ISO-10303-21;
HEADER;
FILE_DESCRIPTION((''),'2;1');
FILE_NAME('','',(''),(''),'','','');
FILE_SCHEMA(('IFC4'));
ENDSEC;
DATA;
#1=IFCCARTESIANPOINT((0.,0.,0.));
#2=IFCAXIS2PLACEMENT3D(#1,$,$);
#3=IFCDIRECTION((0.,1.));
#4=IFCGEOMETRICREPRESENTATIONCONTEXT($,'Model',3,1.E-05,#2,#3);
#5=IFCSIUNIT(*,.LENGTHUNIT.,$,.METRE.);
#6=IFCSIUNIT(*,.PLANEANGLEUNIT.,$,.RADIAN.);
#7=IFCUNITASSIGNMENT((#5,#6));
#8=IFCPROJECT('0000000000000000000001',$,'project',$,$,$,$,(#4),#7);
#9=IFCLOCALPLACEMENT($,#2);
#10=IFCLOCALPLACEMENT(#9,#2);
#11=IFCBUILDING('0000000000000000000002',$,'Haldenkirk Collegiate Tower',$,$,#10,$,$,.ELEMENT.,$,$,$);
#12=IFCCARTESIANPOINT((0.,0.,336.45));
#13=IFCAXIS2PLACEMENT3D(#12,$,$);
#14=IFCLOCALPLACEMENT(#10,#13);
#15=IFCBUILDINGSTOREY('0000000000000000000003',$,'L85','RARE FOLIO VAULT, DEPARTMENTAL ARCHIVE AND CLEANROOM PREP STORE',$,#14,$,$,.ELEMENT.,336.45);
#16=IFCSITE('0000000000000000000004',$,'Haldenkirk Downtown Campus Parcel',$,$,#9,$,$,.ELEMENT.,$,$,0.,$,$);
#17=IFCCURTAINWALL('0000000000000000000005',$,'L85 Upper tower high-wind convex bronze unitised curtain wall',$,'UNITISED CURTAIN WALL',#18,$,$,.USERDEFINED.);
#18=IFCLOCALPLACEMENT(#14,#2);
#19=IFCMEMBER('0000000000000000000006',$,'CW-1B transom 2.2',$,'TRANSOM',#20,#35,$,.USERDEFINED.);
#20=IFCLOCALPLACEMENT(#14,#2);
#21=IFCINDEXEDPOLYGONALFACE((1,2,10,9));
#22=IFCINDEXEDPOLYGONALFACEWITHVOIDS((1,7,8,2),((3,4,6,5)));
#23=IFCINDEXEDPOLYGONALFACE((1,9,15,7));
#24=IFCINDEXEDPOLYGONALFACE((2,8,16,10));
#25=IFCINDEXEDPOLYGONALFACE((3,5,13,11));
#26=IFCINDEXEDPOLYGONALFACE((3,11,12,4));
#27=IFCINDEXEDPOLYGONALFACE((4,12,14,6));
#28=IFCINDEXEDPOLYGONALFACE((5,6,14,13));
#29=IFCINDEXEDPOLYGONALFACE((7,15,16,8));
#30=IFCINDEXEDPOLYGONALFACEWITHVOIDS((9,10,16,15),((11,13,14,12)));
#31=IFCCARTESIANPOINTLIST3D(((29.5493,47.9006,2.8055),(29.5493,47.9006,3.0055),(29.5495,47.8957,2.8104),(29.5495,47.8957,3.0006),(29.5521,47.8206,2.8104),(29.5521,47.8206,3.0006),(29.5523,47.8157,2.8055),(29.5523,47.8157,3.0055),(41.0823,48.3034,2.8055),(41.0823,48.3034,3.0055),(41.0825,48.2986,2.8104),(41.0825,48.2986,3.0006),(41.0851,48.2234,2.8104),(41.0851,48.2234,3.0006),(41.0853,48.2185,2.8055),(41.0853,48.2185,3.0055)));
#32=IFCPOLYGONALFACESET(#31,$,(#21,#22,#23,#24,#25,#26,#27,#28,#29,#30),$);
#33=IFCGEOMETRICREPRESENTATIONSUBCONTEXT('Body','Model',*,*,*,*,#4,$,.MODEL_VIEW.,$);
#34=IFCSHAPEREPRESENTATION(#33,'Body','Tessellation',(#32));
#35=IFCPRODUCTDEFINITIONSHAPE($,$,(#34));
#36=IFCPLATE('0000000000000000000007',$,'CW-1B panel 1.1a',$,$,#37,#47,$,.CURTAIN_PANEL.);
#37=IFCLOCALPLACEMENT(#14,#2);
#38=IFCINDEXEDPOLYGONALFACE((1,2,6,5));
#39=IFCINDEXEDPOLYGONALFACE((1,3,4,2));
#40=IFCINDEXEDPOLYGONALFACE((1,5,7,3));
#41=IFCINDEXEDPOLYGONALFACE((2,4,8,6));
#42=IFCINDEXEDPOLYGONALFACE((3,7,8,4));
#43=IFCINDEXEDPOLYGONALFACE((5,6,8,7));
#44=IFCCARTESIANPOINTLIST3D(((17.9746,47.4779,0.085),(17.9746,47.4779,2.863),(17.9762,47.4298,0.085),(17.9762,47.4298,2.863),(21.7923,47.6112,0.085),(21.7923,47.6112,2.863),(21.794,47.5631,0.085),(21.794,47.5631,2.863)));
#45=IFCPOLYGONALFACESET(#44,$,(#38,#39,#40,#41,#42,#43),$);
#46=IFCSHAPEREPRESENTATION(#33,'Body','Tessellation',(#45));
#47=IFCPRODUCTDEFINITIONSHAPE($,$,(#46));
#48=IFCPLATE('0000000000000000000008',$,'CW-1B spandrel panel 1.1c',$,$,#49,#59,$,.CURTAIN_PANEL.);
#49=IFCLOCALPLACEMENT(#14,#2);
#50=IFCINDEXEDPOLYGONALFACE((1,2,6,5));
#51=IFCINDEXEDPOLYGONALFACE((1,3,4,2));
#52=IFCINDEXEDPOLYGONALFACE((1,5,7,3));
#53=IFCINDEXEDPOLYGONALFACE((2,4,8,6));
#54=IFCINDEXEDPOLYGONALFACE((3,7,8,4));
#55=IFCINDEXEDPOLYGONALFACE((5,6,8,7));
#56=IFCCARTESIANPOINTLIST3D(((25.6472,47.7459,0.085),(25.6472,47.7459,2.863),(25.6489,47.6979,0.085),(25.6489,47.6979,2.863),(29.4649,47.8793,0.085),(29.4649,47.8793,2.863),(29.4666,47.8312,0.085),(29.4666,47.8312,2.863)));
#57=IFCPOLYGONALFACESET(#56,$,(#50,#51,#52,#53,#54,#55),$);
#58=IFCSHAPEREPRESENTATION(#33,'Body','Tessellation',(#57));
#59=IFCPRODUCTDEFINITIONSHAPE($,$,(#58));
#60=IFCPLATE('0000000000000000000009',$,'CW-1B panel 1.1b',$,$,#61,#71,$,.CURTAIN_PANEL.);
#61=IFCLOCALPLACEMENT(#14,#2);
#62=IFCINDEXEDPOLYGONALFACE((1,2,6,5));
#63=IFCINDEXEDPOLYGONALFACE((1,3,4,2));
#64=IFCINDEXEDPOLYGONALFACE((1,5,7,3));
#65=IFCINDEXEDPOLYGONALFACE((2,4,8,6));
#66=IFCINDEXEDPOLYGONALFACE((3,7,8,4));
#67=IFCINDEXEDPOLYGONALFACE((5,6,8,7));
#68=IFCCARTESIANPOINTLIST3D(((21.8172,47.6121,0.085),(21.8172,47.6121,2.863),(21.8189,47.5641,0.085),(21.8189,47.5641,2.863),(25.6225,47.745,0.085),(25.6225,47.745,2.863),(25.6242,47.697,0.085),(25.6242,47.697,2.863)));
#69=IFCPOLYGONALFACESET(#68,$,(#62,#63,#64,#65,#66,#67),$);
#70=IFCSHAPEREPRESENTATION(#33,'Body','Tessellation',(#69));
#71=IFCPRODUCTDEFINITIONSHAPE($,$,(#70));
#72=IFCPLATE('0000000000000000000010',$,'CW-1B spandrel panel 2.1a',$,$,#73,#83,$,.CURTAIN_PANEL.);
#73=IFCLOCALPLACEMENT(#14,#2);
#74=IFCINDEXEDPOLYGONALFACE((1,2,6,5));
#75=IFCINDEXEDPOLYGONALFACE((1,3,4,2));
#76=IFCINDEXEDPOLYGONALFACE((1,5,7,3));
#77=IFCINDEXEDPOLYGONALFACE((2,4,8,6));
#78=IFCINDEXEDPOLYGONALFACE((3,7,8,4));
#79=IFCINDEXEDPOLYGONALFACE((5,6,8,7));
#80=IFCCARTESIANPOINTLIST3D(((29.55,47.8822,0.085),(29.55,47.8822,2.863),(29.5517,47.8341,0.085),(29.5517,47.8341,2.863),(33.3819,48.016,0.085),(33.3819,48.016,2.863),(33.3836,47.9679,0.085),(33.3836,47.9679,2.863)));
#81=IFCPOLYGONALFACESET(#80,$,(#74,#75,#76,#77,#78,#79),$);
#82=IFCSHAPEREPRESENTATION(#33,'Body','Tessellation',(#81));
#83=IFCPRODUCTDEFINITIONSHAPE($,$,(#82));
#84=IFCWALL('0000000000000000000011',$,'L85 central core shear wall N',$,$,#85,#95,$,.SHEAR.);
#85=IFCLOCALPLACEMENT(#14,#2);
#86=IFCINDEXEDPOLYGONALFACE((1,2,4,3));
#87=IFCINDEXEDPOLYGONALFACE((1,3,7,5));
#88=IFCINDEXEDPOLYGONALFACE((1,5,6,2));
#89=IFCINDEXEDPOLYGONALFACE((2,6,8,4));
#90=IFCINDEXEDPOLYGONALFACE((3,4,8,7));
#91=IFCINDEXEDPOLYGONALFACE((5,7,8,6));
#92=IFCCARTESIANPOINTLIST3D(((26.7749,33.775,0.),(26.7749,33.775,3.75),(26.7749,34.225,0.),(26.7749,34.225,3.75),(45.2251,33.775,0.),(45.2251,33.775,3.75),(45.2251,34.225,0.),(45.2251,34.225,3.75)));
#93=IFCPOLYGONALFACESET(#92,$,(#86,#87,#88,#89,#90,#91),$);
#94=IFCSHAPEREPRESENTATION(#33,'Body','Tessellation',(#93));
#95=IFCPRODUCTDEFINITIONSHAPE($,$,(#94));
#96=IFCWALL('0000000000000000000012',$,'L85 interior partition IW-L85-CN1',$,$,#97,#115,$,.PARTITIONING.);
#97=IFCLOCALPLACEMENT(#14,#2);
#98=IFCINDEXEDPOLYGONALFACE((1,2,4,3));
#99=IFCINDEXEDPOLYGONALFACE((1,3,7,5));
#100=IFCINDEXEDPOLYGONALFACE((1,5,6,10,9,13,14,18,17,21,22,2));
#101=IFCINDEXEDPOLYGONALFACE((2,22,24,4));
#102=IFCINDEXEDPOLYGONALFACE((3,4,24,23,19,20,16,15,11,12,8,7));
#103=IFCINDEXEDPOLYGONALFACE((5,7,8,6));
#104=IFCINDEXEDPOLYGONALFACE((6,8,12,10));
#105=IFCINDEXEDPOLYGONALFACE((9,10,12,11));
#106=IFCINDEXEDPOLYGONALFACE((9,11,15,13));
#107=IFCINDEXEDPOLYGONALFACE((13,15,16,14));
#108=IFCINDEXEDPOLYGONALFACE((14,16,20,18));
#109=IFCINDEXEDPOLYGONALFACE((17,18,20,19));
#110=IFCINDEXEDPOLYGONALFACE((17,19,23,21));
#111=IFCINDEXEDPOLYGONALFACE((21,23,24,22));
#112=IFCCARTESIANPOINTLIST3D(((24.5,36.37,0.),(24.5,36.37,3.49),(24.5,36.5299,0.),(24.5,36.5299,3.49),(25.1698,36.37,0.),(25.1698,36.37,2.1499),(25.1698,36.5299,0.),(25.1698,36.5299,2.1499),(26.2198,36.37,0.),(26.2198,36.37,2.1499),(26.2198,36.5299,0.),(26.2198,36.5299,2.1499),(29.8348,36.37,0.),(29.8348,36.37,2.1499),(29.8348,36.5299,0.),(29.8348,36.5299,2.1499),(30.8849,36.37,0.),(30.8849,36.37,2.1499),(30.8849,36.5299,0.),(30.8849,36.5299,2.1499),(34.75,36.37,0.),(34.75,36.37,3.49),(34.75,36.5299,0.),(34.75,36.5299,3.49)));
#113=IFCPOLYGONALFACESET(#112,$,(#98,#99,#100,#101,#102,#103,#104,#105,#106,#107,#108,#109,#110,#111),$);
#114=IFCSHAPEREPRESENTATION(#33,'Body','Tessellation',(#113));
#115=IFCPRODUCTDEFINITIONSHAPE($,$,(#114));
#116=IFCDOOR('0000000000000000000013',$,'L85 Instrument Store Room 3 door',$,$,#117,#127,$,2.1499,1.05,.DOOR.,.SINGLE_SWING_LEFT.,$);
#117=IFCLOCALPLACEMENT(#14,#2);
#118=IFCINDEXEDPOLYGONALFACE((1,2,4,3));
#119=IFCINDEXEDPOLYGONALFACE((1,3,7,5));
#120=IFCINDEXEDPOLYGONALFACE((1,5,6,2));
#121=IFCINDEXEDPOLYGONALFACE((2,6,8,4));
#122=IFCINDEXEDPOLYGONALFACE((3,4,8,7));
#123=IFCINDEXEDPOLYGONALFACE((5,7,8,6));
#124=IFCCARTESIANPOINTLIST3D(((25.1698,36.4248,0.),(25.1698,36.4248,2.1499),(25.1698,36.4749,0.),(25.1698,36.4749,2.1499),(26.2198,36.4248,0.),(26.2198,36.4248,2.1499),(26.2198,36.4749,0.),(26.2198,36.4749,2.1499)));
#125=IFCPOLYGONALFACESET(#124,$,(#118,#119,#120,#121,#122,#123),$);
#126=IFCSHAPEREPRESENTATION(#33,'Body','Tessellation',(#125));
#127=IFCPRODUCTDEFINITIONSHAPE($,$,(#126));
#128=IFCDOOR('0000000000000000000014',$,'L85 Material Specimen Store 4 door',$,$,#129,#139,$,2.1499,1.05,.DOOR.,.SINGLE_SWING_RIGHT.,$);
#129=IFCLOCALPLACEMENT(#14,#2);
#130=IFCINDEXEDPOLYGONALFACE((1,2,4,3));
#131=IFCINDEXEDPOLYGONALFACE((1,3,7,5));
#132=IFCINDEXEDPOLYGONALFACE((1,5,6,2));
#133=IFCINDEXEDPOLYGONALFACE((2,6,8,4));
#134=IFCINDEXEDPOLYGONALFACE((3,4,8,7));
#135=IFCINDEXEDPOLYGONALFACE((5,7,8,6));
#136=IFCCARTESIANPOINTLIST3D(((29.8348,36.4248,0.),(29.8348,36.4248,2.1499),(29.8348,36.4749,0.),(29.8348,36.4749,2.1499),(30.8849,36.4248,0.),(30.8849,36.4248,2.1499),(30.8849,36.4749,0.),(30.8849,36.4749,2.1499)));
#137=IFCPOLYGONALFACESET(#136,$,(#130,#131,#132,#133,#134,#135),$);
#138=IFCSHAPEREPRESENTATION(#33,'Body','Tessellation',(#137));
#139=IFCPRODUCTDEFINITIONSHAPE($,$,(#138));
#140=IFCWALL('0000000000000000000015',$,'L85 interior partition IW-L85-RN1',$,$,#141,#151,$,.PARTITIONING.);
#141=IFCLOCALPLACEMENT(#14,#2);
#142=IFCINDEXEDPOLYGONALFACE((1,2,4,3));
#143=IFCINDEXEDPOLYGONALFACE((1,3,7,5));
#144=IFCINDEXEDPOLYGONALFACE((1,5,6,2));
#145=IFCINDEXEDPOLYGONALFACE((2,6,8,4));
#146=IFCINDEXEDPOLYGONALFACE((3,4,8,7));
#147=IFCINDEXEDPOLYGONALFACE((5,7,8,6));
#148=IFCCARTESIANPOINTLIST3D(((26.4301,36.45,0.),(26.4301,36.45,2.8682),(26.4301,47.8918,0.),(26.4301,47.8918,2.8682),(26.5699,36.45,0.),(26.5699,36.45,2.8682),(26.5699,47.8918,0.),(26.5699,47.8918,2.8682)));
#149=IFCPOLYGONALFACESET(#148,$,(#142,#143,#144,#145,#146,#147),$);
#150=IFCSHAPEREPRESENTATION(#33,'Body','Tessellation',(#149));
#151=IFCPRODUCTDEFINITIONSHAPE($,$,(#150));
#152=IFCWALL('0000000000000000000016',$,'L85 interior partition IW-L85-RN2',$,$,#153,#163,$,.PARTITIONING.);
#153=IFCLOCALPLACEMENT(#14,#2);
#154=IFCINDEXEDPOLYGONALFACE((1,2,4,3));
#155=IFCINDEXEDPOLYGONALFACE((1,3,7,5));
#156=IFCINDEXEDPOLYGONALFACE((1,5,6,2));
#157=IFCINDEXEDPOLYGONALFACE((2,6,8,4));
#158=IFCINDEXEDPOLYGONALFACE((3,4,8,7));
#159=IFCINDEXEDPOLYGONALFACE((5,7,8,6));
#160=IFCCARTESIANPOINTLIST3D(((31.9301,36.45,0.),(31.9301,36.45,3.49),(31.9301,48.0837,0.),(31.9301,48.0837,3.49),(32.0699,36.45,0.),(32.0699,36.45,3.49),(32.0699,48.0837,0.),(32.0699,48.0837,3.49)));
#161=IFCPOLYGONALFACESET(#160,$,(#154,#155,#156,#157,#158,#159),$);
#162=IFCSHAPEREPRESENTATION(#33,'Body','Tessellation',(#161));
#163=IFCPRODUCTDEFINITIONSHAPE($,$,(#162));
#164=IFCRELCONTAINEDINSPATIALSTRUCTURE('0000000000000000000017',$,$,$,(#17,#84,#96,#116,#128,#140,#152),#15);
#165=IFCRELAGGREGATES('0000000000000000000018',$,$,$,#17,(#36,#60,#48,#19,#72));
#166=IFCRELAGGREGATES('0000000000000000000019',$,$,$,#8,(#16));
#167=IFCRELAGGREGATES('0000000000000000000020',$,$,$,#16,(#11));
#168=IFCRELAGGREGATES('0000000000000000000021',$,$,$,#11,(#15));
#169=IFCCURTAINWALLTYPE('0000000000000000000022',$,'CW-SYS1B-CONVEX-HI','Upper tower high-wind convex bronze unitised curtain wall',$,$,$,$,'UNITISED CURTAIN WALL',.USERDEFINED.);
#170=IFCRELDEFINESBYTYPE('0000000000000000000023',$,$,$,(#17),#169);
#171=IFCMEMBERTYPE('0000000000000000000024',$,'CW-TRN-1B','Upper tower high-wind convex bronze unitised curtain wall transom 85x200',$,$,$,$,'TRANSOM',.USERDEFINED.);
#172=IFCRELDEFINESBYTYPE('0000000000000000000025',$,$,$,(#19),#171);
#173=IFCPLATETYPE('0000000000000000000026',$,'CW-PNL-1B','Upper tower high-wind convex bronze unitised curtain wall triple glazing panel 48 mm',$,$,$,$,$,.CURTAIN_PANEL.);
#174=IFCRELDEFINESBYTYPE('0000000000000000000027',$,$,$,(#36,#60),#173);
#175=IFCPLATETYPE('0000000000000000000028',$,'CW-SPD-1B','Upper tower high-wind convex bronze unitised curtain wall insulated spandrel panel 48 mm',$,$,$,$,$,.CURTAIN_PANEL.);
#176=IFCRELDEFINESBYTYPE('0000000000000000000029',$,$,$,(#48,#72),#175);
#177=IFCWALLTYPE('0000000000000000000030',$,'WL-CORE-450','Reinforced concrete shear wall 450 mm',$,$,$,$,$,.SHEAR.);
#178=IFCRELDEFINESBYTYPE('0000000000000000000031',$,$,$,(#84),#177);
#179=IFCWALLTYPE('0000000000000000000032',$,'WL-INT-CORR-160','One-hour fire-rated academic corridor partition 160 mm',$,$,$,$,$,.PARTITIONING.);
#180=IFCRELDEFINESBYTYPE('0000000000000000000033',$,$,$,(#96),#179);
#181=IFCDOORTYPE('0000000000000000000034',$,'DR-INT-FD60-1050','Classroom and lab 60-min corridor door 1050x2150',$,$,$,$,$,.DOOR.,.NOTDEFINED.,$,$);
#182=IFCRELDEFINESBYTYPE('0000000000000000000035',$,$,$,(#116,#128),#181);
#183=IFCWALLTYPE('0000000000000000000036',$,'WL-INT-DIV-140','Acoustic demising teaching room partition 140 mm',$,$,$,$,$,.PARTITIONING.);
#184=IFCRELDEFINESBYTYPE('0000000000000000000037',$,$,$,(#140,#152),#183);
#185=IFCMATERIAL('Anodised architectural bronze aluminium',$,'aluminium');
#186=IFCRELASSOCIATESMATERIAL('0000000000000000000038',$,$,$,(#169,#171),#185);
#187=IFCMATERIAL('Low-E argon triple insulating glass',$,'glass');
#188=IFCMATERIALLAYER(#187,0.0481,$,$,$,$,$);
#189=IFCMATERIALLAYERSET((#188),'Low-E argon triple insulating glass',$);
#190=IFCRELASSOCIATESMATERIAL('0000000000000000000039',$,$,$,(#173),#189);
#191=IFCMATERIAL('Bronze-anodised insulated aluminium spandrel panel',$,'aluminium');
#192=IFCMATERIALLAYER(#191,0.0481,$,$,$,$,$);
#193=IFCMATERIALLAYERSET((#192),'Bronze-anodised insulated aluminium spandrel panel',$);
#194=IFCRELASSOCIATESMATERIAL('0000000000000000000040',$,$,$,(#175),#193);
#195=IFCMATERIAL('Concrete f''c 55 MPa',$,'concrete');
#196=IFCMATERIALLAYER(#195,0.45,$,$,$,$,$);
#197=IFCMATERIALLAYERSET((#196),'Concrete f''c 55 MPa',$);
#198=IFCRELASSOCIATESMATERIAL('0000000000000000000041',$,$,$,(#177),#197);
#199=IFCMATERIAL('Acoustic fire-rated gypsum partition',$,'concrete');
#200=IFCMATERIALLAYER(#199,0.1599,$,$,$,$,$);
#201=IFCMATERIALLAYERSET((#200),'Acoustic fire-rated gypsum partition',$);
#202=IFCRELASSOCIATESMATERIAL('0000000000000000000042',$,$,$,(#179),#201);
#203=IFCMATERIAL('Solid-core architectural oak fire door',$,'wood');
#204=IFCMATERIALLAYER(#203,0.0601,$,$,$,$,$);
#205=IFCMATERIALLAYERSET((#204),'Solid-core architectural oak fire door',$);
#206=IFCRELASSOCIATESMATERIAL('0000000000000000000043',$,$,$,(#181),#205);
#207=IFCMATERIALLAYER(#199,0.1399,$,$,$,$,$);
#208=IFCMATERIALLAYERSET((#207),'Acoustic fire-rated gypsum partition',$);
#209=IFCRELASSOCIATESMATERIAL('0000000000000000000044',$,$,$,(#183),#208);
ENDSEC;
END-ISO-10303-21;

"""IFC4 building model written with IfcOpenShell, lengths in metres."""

from ifc_helpers import new_model, si_unit, direction, frame, frame_2d, origin, origin_2d, place, context, subcontext, project, spatial, rectangle, hollow_rectangle, extrude, source, transform, mapped, material, layer, layer_set, material_profile, profile_set, type_object, element, fill, aggregate, save


model = new_model("IFC4")

# Units and contexts
model_context = context("Model", 3, precision=1e-05, world=origin(), true_north=direction((0.0, 1.0)))
body_context = subcontext(model_context, "Body", "Model", "MODEL_VIEW")
ifc_project = project(units=[si_unit("LENGTHUNIT", "METRE"), si_unit("PLANEANGLEUNIT", "RADIAN")], contexts=[model_context])

# Site, building, storey
site_placement = place(None, origin())
site = spatial("IfcSite", under=ifc_project, at=site_placement, Name="Haldenkirk Downtown Campus Parcel", CompositionType="ELEMENT", RefElevation=0.0)
building_placement = place(site_placement, origin())
building = spatial("IfcBuilding", under=site, at=building_placement, Name="Haldenkirk Collegiate Tower", CompositionType="ELEMENT")
storey_placement = place(building_placement, frame((0.0, 0.0, 336.45)))
storey = spatial("IfcBuildingStorey", under=building, at=storey_placement, Name="L85", Description="RARE FOLIO VAULT, DEPARTMENTAL ARCHIVE AND CLEANROOM PREP STORE", CompositionType="ELEMENT", Elevation=336.45)

# Curtain wall, member, plates
ifc_material_1 = material(Name="Anodised architectural bronze aluminium", Category="aluminium")
curtain_wall_type = type_object("IfcCurtainWallType", Name="CW-SYS1B-CONVEX-HI", Description="Upper tower high-wind convex bronze unitised curtain wall", ElementType="UNITISED CURTAIN WALL", PredefinedType="USERDEFINED", material=ifc_material_1)
curtain_wall_placement = place(storey_placement, origin())
curtain_wall = element("IfcCurtainWall", 1, at=curtain_wall_placement, inside=storey, type_object=curtain_wall_type, Name="L85 Upper tower high-wind convex bronze unitised curtain wall", ObjectType="UNITISED CURTAIN WALL", PredefinedType="USERDEFINED")
ifc_material_profile_1 = material_profile(ifc_material_1, hollow_rectangle(XDim=0.085, YDim=0.2, WallThickness=0.0049, at=origin_2d()), Name="CW-TRN-1B")
ifc_profile_set_1 = profile_set([ifc_material_profile_1], Name="Anodised architectural bronze aluminium")
member_type_1 = type_object("IfcMemberType", Name="CW-TRN-1B", Description="Upper tower high-wind convex bronze unitised curtain wall transom 85x200", ElementType="TRANSOM", PredefinedType="USERDEFINED", material=ifc_profile_set_1)
member_1_placement = place(storey_placement, frame((29.5508, 47.8582, 2.9055), z_axis=(0.999391, 0.034907, 0.0), x_axis=(-0.034907, 0.999391, 0.0)))
member_1 = element("IfcMember", 2, at=member_1_placement, type_object=member_type_1, Name="CW-1B transom 2.2", ObjectType="TRANSOM", PredefinedType="USERDEFINED", context=body_context, shape_type="SweptSolid", body=[
    extrude(hollow_rectangle(XDim=0.085, YDim=0.2, WallThickness=0.0049, at=origin_2d()), origin(), (0.0, 0.0, 1.0), 11.54),
])
ifc_material_2 = material(Name="Low-E argon triple insulating glass", Category="glass")
ifc_layer_1 = layer(ifc_material_2, 0.0481)
ifc_layer_set_1 = layer_set([ifc_layer_1], Name="Low-E argon triple insulating glass")
plate_type_1 = type_object("IfcPlateType", Name="CW-PNL-1B", Description="Upper tower high-wind convex bronze unitised curtain wall triple glazing panel 48 mm", PredefinedType="CURTAIN_PANEL", material=ifc_layer_set_1)
shared_shape_1 = source(origin(), body_context, "Body", "SweptSolid", [
    extrude(rectangle(XDim=3.8201, YDim=0.0481, at=origin_2d()), origin(), (0.0, 0.0, 1.0), 2.7781),
])
plate_1_placement = place(storey_placement, frame((19.8843, 47.5205, 0.085), z_axis=(0.0, 0.0, 1.0), x_axis=(0.999391, 0.034902, 0.0)))
plate_1 = element("IfcPlate", 3, at=plate_1_placement, type_object=plate_type_1, Name="CW-1B panel 1.1a", PredefinedType="CURTAIN_PANEL", context=body_context, shape_type="MappedRepresentation", body=[
    mapped(shared_shape_1, transform((0.0, 0.0, 0.0), x_axis=(1.0, 0.0, 0.0), y_axis=(0.0, 1.0, 0.0), z_axis=(0.0, 0.0, 1.0), scale=1.0)),
])
ifc_material_3 = material(Name="Bronze-anodised insulated aluminium spandrel panel", Category="aluminium")
ifc_layer_2 = layer(ifc_material_3, 0.0481)
ifc_layer_set_2 = layer_set([ifc_layer_2], Name="Bronze-anodised insulated aluminium spandrel panel")
plate_type_2 = type_object("IfcPlateType", Name="CW-SPD-1B", Description="Upper tower high-wind convex bronze unitised curtain wall insulated spandrel panel 48 mm", PredefinedType="CURTAIN_PANEL", material=ifc_layer_set_2)
plate_2_placement = place(storey_placement, frame((27.5569, 47.7886, 0.085), z_axis=(0.0, 0.0, 1.0), x_axis=(0.999391, 0.034902, 0.0)))
plate_2 = element("IfcPlate", 4, at=plate_2_placement, type_object=plate_type_2, Name="CW-1B spandrel panel 1.1c", PredefinedType="CURTAIN_PANEL", context=body_context, shape_type="MappedRepresentation", body=[
    mapped(shared_shape_1, transform((0.0, 0.0, 0.0), x_axis=(1.0, 0.0, 0.0), y_axis=(0.0, 1.0, 0.0), z_axis=(0.0, 0.0, 1.0), scale=1.0)),
])
shared_shape_2 = source(origin(), body_context, "Body", "SweptSolid", [
    extrude(rectangle(XDim=3.8076, YDim=0.0481, at=origin_2d()), origin(), (0.0, 0.0, 1.0), 2.7781),
])
plate_3_placement = place(storey_placement, frame((23.7207, 47.6545, 0.085), z_axis=(0.0, 0.0, 1.0), x_axis=(0.999391, 0.034902, 0.0)))
plate_3 = element("IfcPlate", 5, at=plate_3_placement, type_object=plate_type_1, Name="CW-1B panel 1.1b", PredefinedType="CURTAIN_PANEL", context=body_context, shape_type="MappedRepresentation", body=[
    mapped(shared_shape_2, transform((0.0, 0.0, 0.0), x_axis=(1.0, 0.0, 0.0), y_axis=(0.0, 1.0, 0.0), z_axis=(0.0, 0.0, 1.0), scale=1.0)),
])
shared_shape_3 = source(origin(), body_context, "Body", "SweptSolid", [
    extrude(rectangle(XDim=3.8342, YDim=0.0481, at=origin_2d()), origin(), (0.0, 0.0, 1.0), 2.7781),
])
plate_4_placement = place(storey_placement, frame((31.4668, 47.925, 0.085), z_axis=(0.0, 0.0, 1.0), x_axis=(0.999391, 0.034902, 0.0)))
plate_4 = element("IfcPlate", 6, at=plate_4_placement, type_object=plate_type_2, Name="CW-1B spandrel panel 2.1a", PredefinedType="CURTAIN_PANEL", context=body_context, shape_type="MappedRepresentation", body=[
    mapped(shared_shape_3, transform((0.0, 0.0, 0.0), x_axis=(1.0, 0.0, 0.0), y_axis=(0.0, 1.0, 0.0), z_axis=(0.0, 0.0, 1.0), scale=1.0)),
])
aggregate(curtain_wall, [plate_1, plate_3, plate_2, member_1, plate_4])

# Wall
ifc_material_4 = material(Name="Concrete f'c 55 MPa", Category="concrete")
ifc_layer_3 = layer(ifc_material_4, 0.45)
ifc_layer_set_3 = layer_set([ifc_layer_3], Name="Concrete f'c 55 MPa")
wall_type_1 = type_object("IfcWallType", Name="WL-CORE-450", Description="Reinforced concrete shear wall 450 mm", PredefinedType="SHEAR", material=ifc_layer_set_3)
wall_1_placement = place(storey_placement, frame((26.7749, 34.0, 0.0), z_axis=(0.0, 0.0, 1.0), x_axis=(1.0, 0.0, 0.0)))
element("IfcWall", 7, at=wall_1_placement, inside=storey, type_object=wall_type_1, Name="L85 central core shear wall N", PredefinedType="SHEAR", context=body_context, shape_type="SweptSolid", body=[
    extrude(rectangle(XDim=18.4502, YDim=0.45, at=frame_2d((9.2251, 0.0))), origin(), (0.0, 0.0, 1.0), 3.75),
])

# Wall, openings, doors
ifc_material_5 = material(Name="Acoustic fire-rated gypsum partition", Category="concrete")
ifc_layer_4 = layer(ifc_material_5, 0.1599)
ifc_layer_set_4 = layer_set([ifc_layer_4], Name="Acoustic fire-rated gypsum partition")
wall_type_2 = type_object("IfcWallType", Name="WL-INT-CORR-160", Description="One-hour fire-rated academic corridor partition 160 mm", PredefinedType="PARTITIONING", material=ifc_layer_set_4)
wall_2_placement = place(storey_placement, frame((24.5, 36.45, 0.0), z_axis=(0.0, 0.0, 1.0), x_axis=(1.0, 0.0, 0.0)))
wall_2 = element("IfcWall", 8, at=wall_2_placement, inside=storey, type_object=wall_type_2, Name="L85 interior partition IW-L85-CN1", PredefinedType="PARTITIONING", context=body_context, shape_type="SweptSolid", body=[
    extrude(rectangle(XDim=10.25, YDim=0.1599, at=frame_2d((5.125, 0.0))), origin(), (0.0, 0.0, 1.0), 3.49),
])
opening_1_placement = place(wall_2_placement, frame((0.6699, 0.0, 0.0)))
opening_1 = element("IfcOpeningElement", 9, at=opening_1_placement, cuts=wall_2, PredefinedType="OPENING", context=body_context, shape_type="SweptSolid", body=[
    extrude(rectangle(XDim=1.05, YDim=2.1499, at=frame_2d((0.5249, 1.075))), frame((0.0, 0.0898, 0.0), z_axis=(0.0, -1.0, 0.0), x_axis=(1.0, 0.0, 0.0)), (0.0, 0.0, 1.0), 0.1799),
])
opening_2_placement = place(wall_2_placement, frame((5.335, 0.0, 0.0)))
opening_2 = element("IfcOpeningElement", 10, at=opening_2_placement, cuts=wall_2, PredefinedType="OPENING", context=body_context, shape_type="SweptSolid", body=[
    extrude(rectangle(XDim=1.05, YDim=2.1499, at=frame_2d((0.5249, 1.075))), frame((0.0, 0.0898, 0.0), z_axis=(0.0, -1.0, 0.0), x_axis=(1.0, 0.0, 0.0)), (0.0, 0.0, 1.0), 0.1799),
])
ifc_material_6 = material(Name="Solid-core architectural oak fire door", Category="wood")
ifc_layer_5 = layer(ifc_material_6, 0.0601)
ifc_layer_set_5 = layer_set([ifc_layer_5], Name="Solid-core architectural oak fire door")
door_type = type_object("IfcDoorType", Name="DR-INT-FD60-1050", Description="Classroom and lab 60-min corridor door 1050x2150", OperationType="NOTDEFINED", PredefinedType="DOOR", material=ifc_layer_set_5)
door_1_placement = place(opening_1_placement, origin())
door_1 = element("IfcDoor", 11, at=door_1_placement, inside=storey, type_object=door_type, Name="L85 Instrument Store Room 3 door", OperationType="SINGLE_SWING_LEFT", OverallHeight=2.1499, OverallWidth=1.05, PredefinedType="DOOR", context=body_context, shape_type="SweptSolid", body=[
    extrude(rectangle(XDim=1.05, YDim=2.1499, at=frame_2d((0.5249, 1.075))), frame((0.0, 0.0249, 0.0), z_axis=(0.0, -1.0, 0.0), x_axis=(1.0, 0.0, 0.0)), (0.0, 0.0, 1.0), 0.05),
])
fill(opening_1, door_1)
door_2_placement = place(opening_2_placement, origin())
door_2 = element("IfcDoor", 12, at=door_2_placement, inside=storey, type_object=door_type, Name="L85 Material Specimen Store 4 door", OperationType="SINGLE_SWING_RIGHT", OverallHeight=2.1499, OverallWidth=1.05, PredefinedType="DOOR", context=body_context, shape_type="SweptSolid", body=[
    extrude(rectangle(XDim=1.05, YDim=2.1499, at=frame_2d((0.5249, 1.075))), frame((0.0, 0.0249, 0.0), z_axis=(0.0, -1.0, 0.0), x_axis=(1.0, 0.0, 0.0)), (0.0, 0.0, 1.0), 0.05),
])
fill(opening_2, door_2)

# Walls
ifc_layer_6 = layer(ifc_material_5, 0.1399)
ifc_layer_set_6 = layer_set([ifc_layer_6], Name="Acoustic fire-rated gypsum partition")
wall_type_3 = type_object("IfcWallType", Name="WL-INT-DIV-140", Description="Acoustic demising teaching room partition 140 mm", PredefinedType="PARTITIONING", material=ifc_layer_set_6)
wall_3_placement = place(storey_placement, frame((26.5, 36.45, 0.0), z_axis=(0.0, 0.0, 1.0), x_axis=(0.0, 1.0, 0.0)))
element("IfcWall", 13, at=wall_3_placement, inside=storey, type_object=wall_type_3, Name="L85 interior partition IW-L85-RN1", PredefinedType="PARTITIONING", context=body_context, shape_type="SweptSolid", body=[
    extrude(rectangle(XDim=11.4419, YDim=0.1399, at=frame_2d((5.7209, 0.0))), origin(), (0.0, 0.0, 1.0), 2.8682),
])
wall_4_placement = place(storey_placement, frame((32.0, 36.45, 0.0), z_axis=(0.0, 0.0, 1.0), x_axis=(0.0, 1.0, 0.0)))
element("IfcWall", 14, at=wall_4_placement, inside=storey, type_object=wall_type_3, Name="L85 interior partition IW-L85-RN2", PredefinedType="PARTITIONING", context=body_context, shape_type="SweptSolid", body=[
    extrude(rectangle(XDim=11.6338, YDim=0.1399, at=frame_2d((5.8169, 0.0))), origin(), (0.0, 0.0, 1.0), 3.49),
])

save(model, "model.ifc")
